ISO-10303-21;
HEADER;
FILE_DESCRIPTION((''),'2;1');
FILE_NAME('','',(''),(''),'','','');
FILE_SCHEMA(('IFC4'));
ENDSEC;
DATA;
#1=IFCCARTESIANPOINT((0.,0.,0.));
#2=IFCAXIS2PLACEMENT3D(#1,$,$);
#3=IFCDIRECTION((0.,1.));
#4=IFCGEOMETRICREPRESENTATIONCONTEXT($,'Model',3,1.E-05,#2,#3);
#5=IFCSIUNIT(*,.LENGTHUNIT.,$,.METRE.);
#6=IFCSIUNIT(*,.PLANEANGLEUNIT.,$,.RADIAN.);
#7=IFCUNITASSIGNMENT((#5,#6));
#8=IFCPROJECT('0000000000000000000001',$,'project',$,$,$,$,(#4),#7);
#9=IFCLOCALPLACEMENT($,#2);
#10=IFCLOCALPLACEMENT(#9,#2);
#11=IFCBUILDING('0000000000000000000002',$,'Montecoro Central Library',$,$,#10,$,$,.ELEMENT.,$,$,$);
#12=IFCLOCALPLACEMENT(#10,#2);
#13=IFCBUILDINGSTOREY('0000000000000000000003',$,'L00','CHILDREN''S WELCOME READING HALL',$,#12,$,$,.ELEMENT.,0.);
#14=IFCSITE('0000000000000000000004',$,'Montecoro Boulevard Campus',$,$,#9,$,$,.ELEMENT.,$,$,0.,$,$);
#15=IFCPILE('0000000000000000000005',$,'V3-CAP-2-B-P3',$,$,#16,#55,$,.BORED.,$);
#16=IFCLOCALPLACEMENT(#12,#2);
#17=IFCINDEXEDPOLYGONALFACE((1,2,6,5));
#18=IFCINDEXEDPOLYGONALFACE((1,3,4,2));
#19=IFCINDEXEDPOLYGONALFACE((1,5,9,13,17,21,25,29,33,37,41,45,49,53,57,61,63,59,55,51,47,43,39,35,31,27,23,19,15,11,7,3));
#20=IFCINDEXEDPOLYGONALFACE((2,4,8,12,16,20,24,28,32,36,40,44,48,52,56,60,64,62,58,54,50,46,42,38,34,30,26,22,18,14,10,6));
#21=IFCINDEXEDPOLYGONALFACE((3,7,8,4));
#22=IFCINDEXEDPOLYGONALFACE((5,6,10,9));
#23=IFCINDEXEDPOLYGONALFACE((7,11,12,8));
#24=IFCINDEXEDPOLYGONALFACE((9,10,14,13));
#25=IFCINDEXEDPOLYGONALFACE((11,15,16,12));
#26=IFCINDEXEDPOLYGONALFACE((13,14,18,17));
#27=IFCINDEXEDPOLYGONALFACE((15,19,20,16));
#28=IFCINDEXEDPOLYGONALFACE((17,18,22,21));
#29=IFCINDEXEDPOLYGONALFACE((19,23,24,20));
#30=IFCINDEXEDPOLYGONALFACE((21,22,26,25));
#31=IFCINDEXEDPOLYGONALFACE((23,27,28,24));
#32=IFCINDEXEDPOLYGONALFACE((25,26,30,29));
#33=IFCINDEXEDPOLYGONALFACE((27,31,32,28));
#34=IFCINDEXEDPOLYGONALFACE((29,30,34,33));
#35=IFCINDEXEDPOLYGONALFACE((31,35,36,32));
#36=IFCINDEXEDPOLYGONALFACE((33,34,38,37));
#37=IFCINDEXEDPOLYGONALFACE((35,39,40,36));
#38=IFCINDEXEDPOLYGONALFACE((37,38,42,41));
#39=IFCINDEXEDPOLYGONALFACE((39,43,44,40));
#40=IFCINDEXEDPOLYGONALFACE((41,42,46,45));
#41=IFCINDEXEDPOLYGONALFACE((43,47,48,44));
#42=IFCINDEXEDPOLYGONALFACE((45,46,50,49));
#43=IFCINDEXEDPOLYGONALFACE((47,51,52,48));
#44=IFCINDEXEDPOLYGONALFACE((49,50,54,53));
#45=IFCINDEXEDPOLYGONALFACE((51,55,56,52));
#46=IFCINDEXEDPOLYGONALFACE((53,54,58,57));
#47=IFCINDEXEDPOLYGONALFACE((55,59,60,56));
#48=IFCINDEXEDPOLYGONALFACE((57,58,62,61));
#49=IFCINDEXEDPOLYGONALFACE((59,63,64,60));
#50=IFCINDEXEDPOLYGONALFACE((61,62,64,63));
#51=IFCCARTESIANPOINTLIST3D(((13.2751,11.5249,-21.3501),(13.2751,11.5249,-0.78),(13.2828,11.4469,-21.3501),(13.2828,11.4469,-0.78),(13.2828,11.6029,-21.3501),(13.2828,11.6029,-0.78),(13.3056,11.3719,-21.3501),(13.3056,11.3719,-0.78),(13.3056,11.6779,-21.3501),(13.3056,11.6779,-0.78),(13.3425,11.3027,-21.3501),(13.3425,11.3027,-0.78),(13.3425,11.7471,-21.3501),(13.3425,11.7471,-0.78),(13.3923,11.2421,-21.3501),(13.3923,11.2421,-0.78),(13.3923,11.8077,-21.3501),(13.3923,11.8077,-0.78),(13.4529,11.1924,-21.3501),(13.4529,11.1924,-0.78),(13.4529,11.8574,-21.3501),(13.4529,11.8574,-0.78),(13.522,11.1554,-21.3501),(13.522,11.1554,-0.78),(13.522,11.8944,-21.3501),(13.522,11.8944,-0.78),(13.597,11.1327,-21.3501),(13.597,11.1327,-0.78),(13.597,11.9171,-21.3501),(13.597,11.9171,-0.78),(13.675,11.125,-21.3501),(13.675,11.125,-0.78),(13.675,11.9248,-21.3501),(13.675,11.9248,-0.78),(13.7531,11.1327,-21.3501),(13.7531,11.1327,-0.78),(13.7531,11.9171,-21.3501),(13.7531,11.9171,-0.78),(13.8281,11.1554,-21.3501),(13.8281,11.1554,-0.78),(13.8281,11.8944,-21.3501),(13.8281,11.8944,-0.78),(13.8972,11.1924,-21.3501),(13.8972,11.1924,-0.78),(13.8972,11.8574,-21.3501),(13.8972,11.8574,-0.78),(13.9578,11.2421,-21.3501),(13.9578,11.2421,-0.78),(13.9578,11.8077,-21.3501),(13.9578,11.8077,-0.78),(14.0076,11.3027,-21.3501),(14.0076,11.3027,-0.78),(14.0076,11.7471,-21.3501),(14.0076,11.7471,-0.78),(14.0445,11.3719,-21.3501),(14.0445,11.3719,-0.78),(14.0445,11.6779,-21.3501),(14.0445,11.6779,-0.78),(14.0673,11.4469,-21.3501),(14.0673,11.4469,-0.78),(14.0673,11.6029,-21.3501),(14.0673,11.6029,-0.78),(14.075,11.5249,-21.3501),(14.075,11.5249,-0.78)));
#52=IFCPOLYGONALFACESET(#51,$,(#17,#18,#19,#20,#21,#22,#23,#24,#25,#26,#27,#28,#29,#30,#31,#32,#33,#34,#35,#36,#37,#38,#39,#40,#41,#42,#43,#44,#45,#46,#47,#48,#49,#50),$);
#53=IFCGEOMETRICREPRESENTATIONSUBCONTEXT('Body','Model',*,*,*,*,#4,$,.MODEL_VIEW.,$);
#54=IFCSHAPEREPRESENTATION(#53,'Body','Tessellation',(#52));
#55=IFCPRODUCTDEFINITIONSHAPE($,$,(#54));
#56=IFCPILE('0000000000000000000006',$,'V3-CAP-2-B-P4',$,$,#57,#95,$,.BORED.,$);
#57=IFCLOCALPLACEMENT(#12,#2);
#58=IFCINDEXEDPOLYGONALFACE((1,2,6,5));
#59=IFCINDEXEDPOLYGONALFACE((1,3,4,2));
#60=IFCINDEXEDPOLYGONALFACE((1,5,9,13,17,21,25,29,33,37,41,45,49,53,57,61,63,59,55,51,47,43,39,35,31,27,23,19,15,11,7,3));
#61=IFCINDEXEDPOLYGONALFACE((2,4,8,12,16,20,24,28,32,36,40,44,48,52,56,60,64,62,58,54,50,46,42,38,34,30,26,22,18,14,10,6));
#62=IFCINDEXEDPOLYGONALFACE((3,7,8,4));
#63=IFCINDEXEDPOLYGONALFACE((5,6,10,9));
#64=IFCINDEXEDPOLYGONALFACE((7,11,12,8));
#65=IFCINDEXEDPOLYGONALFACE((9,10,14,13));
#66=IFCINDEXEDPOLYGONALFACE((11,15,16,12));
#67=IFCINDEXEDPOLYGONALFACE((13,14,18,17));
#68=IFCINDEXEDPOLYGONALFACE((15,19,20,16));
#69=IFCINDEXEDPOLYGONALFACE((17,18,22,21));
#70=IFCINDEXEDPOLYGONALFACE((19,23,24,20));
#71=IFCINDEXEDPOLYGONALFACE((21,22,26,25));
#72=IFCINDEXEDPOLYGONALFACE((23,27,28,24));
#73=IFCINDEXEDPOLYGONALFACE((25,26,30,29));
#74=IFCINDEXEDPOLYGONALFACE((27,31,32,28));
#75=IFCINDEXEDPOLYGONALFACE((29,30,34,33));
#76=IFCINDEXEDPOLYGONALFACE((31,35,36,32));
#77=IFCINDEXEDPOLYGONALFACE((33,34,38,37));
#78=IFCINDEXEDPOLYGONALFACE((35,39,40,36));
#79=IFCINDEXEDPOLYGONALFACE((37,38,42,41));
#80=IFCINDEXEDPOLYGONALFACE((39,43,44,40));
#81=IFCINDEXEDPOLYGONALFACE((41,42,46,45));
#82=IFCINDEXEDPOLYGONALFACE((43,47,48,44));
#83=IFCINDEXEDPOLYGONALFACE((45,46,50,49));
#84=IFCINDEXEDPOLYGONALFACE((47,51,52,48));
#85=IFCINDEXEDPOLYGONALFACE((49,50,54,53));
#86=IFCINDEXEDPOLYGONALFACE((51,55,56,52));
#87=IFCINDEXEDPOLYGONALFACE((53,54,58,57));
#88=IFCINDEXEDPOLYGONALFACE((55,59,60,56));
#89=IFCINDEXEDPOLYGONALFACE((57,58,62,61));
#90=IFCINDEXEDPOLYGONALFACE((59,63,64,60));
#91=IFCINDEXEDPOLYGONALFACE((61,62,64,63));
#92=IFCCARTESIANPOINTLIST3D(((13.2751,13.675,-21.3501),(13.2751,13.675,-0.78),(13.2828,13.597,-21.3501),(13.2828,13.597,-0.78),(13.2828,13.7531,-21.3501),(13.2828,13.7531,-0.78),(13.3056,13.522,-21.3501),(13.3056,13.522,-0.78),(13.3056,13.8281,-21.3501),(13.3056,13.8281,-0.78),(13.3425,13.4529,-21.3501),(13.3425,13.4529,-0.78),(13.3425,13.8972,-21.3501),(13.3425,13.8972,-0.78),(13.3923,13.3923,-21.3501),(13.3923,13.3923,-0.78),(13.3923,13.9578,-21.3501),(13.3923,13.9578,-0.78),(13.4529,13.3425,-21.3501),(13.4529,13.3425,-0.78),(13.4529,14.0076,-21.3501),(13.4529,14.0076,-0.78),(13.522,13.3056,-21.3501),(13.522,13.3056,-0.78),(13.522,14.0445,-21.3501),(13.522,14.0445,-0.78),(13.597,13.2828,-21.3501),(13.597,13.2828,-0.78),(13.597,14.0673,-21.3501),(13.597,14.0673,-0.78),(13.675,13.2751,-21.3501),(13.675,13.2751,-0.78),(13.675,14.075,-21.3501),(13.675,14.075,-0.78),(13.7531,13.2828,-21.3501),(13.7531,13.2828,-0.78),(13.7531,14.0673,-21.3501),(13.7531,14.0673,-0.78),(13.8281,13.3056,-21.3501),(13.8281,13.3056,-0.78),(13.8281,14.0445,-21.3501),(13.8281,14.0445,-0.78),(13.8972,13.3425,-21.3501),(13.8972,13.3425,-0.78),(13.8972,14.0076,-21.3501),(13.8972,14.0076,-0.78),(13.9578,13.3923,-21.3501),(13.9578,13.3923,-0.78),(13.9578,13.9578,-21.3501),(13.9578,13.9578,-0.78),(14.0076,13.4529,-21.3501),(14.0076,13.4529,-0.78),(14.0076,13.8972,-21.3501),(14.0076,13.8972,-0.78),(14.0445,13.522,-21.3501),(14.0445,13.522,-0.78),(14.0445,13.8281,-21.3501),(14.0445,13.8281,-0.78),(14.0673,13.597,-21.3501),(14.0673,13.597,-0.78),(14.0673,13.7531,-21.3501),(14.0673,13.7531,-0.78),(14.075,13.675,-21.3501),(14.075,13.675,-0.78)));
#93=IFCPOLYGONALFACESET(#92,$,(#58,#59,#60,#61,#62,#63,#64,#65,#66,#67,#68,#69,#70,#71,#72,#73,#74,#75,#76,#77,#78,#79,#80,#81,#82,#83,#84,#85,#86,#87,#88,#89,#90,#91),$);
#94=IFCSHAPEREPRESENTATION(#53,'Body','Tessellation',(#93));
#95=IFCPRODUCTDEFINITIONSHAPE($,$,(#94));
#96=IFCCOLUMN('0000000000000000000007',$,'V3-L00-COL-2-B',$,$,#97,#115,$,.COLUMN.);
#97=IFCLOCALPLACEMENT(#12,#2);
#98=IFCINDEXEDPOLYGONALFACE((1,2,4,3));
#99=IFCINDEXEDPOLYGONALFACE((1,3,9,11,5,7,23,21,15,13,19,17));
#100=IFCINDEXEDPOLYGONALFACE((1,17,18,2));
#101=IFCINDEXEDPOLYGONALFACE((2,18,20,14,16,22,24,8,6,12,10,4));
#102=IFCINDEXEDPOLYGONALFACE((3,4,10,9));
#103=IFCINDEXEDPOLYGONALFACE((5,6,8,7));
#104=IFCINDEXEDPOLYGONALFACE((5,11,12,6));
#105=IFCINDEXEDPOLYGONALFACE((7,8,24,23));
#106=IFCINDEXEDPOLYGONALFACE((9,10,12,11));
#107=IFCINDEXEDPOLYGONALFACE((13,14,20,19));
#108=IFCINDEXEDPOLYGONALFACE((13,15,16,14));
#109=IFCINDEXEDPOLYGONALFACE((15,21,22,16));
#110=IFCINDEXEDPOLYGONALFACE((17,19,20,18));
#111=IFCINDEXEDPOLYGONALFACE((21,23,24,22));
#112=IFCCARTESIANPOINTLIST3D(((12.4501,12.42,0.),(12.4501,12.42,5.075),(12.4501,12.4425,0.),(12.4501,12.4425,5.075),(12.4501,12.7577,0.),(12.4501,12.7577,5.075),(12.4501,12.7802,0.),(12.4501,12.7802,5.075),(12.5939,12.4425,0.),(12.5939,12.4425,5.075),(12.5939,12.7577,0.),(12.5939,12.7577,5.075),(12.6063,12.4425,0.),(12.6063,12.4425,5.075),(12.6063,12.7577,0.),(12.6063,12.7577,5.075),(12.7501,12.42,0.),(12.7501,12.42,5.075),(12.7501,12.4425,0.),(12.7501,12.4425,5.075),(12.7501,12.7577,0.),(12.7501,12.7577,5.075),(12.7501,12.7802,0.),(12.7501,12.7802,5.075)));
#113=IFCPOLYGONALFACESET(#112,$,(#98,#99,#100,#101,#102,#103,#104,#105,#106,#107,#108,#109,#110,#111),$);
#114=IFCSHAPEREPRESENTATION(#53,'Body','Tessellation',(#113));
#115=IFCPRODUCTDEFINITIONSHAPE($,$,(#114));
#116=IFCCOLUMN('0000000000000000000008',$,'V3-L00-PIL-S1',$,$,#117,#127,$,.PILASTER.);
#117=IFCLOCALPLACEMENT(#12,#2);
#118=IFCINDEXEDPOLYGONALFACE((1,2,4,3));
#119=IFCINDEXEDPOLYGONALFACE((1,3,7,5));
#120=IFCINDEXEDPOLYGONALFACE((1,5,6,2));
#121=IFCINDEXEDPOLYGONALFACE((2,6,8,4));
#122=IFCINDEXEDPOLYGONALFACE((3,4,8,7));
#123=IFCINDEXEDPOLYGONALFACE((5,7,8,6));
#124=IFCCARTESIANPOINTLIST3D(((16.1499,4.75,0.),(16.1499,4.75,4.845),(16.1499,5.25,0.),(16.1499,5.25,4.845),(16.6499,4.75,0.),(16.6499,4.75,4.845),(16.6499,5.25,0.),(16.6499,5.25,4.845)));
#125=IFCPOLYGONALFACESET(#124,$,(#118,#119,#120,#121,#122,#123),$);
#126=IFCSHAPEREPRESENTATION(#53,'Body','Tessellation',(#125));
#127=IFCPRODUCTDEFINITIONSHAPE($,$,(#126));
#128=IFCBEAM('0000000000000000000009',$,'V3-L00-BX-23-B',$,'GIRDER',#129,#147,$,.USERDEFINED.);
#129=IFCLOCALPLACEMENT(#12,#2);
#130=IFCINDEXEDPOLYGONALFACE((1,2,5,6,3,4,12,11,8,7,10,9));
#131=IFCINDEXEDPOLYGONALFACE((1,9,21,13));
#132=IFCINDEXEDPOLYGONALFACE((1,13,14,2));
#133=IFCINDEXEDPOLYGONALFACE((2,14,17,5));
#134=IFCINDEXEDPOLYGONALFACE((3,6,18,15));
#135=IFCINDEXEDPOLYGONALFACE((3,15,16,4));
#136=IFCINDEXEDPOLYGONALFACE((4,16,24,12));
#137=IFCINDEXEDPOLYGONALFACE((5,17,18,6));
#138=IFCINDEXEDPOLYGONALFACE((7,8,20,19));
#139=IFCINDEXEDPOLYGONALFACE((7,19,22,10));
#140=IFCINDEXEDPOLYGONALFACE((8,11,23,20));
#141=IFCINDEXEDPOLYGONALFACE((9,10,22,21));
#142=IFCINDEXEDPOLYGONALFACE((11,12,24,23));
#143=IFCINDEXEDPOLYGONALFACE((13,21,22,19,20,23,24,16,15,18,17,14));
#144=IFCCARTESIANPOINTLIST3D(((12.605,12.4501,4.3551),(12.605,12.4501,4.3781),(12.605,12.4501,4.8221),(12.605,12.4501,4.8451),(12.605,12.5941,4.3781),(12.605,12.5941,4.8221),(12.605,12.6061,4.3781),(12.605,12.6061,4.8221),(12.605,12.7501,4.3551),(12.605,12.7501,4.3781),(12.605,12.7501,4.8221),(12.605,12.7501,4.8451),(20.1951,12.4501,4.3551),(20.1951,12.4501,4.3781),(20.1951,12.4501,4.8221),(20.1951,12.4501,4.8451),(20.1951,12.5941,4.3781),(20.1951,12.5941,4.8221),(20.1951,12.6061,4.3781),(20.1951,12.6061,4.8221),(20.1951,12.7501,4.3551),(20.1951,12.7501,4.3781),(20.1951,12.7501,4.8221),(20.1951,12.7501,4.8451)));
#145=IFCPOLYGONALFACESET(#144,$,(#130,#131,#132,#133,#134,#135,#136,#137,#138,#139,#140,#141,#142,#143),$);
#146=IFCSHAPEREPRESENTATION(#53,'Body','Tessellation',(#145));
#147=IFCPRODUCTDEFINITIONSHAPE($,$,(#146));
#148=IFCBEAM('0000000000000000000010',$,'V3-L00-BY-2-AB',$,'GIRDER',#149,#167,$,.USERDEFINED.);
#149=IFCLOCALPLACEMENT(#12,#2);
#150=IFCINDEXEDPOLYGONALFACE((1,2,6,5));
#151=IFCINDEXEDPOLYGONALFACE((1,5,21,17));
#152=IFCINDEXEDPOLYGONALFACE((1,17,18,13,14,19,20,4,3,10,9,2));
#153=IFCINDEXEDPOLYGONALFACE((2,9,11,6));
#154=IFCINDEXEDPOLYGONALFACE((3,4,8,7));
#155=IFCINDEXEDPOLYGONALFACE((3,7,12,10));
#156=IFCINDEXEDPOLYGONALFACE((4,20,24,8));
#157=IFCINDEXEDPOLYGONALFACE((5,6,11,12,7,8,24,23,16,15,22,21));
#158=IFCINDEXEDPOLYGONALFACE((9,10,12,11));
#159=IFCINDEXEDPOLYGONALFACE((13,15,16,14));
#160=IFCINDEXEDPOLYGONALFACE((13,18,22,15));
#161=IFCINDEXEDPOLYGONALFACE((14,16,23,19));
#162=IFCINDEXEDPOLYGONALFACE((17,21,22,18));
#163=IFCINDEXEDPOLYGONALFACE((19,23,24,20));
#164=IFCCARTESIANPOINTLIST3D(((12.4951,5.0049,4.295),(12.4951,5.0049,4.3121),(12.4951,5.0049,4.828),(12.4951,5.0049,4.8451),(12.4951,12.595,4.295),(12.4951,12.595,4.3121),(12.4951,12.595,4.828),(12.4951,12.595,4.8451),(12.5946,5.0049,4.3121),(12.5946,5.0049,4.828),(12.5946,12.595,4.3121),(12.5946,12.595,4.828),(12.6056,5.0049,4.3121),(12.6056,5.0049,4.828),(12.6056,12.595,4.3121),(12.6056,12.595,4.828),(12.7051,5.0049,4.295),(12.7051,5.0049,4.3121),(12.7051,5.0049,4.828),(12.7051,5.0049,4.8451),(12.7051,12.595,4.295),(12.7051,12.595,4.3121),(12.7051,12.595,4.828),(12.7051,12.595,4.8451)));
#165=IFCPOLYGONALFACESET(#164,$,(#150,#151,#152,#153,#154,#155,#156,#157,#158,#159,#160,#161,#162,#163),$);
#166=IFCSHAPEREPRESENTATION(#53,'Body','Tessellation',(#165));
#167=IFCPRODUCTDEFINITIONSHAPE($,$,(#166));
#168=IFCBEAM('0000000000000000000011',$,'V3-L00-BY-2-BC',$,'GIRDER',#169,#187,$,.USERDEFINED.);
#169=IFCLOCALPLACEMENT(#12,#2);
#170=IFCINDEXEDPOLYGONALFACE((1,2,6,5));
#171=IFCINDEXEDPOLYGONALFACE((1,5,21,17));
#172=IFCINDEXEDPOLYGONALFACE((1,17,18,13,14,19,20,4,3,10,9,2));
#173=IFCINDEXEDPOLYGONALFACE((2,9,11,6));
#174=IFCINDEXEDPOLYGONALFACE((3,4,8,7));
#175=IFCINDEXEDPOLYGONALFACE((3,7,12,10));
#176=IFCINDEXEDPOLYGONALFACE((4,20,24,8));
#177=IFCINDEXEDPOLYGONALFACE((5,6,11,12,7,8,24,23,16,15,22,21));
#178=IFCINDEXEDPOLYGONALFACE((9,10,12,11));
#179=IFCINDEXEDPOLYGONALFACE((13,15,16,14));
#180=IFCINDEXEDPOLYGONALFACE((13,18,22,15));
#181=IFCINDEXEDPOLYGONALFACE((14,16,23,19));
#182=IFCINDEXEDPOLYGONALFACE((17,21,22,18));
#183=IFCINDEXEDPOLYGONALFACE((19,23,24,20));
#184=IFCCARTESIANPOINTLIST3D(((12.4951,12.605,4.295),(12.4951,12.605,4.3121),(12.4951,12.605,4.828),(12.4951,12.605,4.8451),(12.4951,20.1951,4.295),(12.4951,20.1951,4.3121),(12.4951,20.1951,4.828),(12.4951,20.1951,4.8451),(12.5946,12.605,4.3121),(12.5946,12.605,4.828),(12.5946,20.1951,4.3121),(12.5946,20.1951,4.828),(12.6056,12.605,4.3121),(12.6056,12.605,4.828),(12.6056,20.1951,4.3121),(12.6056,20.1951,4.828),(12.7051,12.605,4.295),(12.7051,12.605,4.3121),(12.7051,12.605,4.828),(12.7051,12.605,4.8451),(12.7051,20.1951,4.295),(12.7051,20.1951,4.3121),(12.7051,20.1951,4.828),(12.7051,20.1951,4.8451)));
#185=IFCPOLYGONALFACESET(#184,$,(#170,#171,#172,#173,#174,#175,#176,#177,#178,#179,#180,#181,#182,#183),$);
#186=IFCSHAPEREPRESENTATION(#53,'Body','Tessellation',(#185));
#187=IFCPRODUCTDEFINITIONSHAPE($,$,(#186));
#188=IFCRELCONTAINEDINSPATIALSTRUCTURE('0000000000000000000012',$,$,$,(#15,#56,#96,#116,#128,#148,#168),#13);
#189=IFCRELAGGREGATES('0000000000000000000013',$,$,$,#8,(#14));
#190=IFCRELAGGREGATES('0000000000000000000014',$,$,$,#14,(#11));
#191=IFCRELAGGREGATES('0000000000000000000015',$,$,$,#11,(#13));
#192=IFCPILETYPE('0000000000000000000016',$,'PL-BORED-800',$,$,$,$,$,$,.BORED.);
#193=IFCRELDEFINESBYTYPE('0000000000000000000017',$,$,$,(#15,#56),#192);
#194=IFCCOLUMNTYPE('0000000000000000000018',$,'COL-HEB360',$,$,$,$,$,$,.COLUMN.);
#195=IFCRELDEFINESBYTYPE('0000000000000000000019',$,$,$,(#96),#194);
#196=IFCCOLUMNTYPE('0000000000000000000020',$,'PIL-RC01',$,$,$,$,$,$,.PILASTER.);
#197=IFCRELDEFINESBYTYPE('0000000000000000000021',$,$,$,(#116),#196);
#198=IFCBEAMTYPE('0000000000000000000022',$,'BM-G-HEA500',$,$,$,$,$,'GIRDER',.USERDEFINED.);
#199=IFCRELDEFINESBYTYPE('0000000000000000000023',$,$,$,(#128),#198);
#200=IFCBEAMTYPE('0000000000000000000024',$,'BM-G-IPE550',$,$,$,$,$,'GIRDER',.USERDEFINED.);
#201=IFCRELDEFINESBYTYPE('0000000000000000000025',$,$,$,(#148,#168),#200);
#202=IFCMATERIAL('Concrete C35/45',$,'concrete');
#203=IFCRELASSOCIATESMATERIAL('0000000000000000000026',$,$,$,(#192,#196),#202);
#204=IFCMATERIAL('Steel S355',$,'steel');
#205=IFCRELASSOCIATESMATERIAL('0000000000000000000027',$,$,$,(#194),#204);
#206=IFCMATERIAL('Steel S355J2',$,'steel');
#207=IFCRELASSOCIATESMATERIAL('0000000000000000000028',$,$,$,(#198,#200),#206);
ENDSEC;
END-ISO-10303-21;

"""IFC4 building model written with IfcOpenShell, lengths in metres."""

from ifc_helpers import new_model, si_unit, direction, frame, origin, origin_2d, place, context, subcontext, project, spatial, rectangle, circle, i_section, extrude, material, material_profile, profile_set, type_object, element, save


model = new_model("IFC4")

# Units and contexts
model_context = context("Model", 3, precision=1e-05, world=origin(), true_north=direction((0.0, 1.0)))
body_context = subcontext(model_context, "Body", "Model", "MODEL_VIEW")
ifc_project = project(units=[si_unit("LENGTHUNIT", "METRE"), si_unit("PLANEANGLEUNIT", "RADIAN")], contexts=[model_context])

# Site, building, storey
site_placement = place(None, origin())
site = spatial("IfcSite", under=ifc_project, at=site_placement, Name="Montecoro Boulevard Campus", CompositionType="ELEMENT", RefElevation=0.0)
building_placement = place(site_placement, origin())
building = spatial("IfcBuilding", under=site, at=building_placement, Name="Montecoro Central Library", CompositionType="ELEMENT")
storey_placement = place(building_placement, origin())
storey = spatial("IfcBuildingStorey", under=building, at=storey_placement, Name="L00", Description="CHILDREN'S WELCOME READING HALL", CompositionType="ELEMENT", Elevation=0.0)

# Shared definitions
ifc_material_1 = material(Name="Concrete C35/45", Category="concrete")

# Piles
ifc_material_profile_1 = material_profile(ifc_material_1, circle(Radius=0.3999, at=origin_2d()), Name="PILE D800")
ifc_profile_set_1 = profile_set([ifc_material_profile_1], Name="Concrete C35/45")
pile_type = type_object("IfcPileType", Name="PL-BORED-800", PredefinedType="BORED", material=ifc_profile_set_1)
for number, where, z_axis, x_axis, name in (
    (1, (13.675, 11.5249, -0.78), (0.0, 0.0, -1.0), (1.0, 0.0, 0.0), "V3-CAP-2-B-P3"),
    (2, (13.675, 13.675, -0.78), (0.0, 0.0, -1.0), (1.0, 0.0, 0.0), "V3-CAP-2-B-P4"),
):
    element("IfcPile", number, at=place(storey_placement, frame(where, z_axis=z_axis, x_axis=x_axis)), inside=storey, type_object=pile_type, Name=name, PredefinedType="BORED", context=body_context, shape_type="SweptSolid", body=[
        extrude(circle(Radius=0.3999, at=origin_2d()), origin(), (0.0, 0.0, 1.0), 20.5701),
    ])

# Columns
ifc_material_2 = material(Name="Steel S355", Category="steel")
ifc_material_profile_2 = material_profile(ifc_material_2, i_section(OverallWidth=0.3, OverallDepth=0.3601, WebThickness=0.0125, FlangeThickness=0.0225, at=origin_2d()), Name="HEB 360")
ifc_profile_set_2 = profile_set([ifc_material_profile_2], Name="Steel S355")
column_type_1 = type_object("IfcColumnType", Name="COL-HEB360", PredefinedType="COLUMN", material=ifc_profile_set_2)
column_1_placement = place(storey_placement, frame((12.6001, 12.6001, 0.0), z_axis=(0.0, 0.0, 1.0), x_axis=(1.0, 0.0, 0.0)))
element("IfcColumn", 3, at=column_1_placement, inside=storey, type_object=column_type_1, Name="V3-L00-COL-2-B", PredefinedType="COLUMN", context=body_context, shape_type="SweptSolid", body=[
    extrude(i_section(OverallWidth=0.3, OverallDepth=0.3601, WebThickness=0.0125, FlangeThickness=0.0225, at=origin_2d()), origin(), (0.0, 0.0, 1.0), 5.075),
])
ifc_material_profile_3 = material_profile(ifc_material_1, rectangle(XDim=0.5, YDim=0.5, at=origin_2d()), Name="RC PIL 500x500")
ifc_profile_set_3 = profile_set([ifc_material_profile_3], Name="Concrete C35/45")
column_type_2 = type_object("IfcColumnType", Name="PIL-RC01", PredefinedType="PILASTER", material=ifc_profile_set_3)
column_2_placement = place(storey_placement, frame((16.3999, 5.0, 0.0), z_axis=(0.0, 0.0, 1.0), x_axis=(1.0, 0.0, 0.0)))
element("IfcColumn", 4, at=column_2_placement, inside=storey, type_object=column_type_2, Name="V3-L00-PIL-S1", PredefinedType="PILASTER", context=body_context, shape_type="SweptSolid", body=[
    extrude(rectangle(XDim=0.5, YDim=0.5, at=origin_2d()), origin(), (0.0, 0.0, 1.0), 4.845),
])

# Beams
ifc_material_3 = material(Name="Steel S355J2", Category="steel")
ifc_material_profile_4 = material_profile(ifc_material_3, i_section(OverallWidth=0.3, OverallDepth=0.49, WebThickness=0.012, FlangeThickness=0.0229, at=origin_2d()), Name="HEA 500")
ifc_profile_set_4 = profile_set([ifc_material_profile_4], Name="Steel S355J2")
beam_type_1 = type_object("IfcBeamType", Name="BM-G-HEA500", ElementType="GIRDER", PredefinedType="USERDEFINED", material=ifc_profile_set_4)
beam_1_placement = place(storey_placement, frame((12.605, 12.6001, 4.6001), z_axis=(1.0, 0.0, 0.0), x_axis=(0.0, 1.0, 0.0)))
element("IfcBeam", 5, at=beam_1_placement, inside=storey, type_object=beam_type_1, Name="V3-L00-BX-23-B", ObjectType="GIRDER", PredefinedType="USERDEFINED", context=body_context, shape_type="SweptSolid", body=[
    extrude(i_section(OverallWidth=0.3, OverallDepth=0.49, WebThickness=0.012, FlangeThickness=0.0229, at=origin_2d()), origin(), (0.0, 0.0, 1.0), 7.5901),
])
ifc_material_profile_5 = material_profile(ifc_material_3, i_section(OverallWidth=0.21, OverallDepth=0.55, WebThickness=0.011, FlangeThickness=0.0171, at=origin_2d()), Name="IPE 550")
ifc_profile_set_5 = profile_set([ifc_material_profile_5], Name="Steel S355J2")
beam_type_2 = type_object("IfcBeamType", Name="BM-G-IPE550", ElementType="GIRDER", PredefinedType="USERDEFINED", material=ifc_profile_set_5)
for number, where, z_axis, x_axis, name in (
    (6, (12.6001, 5.0049, 4.5701), (0.0, 1.0, 0.0), (-1.0, 0.0, 0.0), "V3-L00-BY-2-AB"),
    (7, (12.6001, 12.605, 4.5701), (0.0, 1.0, 0.0), (-1.0, 0.0, 0.0), "V3-L00-BY-2-BC"),
):
    element("IfcBeam", number, at=place(storey_placement, frame(where, z_axis=z_axis, x_axis=x_axis)), inside=storey, type_object=beam_type_2, Name=name, ObjectType="GIRDER", PredefinedType="USERDEFINED", context=body_context, shape_type="SweptSolid", body=[
        extrude(i_section(OverallWidth=0.21, OverallDepth=0.55, WebThickness=0.011, FlangeThickness=0.0171, at=origin_2d()), origin(), (0.0, 0.0, 1.0), 7.5901),
    ])

save(model, "model.ifc")
